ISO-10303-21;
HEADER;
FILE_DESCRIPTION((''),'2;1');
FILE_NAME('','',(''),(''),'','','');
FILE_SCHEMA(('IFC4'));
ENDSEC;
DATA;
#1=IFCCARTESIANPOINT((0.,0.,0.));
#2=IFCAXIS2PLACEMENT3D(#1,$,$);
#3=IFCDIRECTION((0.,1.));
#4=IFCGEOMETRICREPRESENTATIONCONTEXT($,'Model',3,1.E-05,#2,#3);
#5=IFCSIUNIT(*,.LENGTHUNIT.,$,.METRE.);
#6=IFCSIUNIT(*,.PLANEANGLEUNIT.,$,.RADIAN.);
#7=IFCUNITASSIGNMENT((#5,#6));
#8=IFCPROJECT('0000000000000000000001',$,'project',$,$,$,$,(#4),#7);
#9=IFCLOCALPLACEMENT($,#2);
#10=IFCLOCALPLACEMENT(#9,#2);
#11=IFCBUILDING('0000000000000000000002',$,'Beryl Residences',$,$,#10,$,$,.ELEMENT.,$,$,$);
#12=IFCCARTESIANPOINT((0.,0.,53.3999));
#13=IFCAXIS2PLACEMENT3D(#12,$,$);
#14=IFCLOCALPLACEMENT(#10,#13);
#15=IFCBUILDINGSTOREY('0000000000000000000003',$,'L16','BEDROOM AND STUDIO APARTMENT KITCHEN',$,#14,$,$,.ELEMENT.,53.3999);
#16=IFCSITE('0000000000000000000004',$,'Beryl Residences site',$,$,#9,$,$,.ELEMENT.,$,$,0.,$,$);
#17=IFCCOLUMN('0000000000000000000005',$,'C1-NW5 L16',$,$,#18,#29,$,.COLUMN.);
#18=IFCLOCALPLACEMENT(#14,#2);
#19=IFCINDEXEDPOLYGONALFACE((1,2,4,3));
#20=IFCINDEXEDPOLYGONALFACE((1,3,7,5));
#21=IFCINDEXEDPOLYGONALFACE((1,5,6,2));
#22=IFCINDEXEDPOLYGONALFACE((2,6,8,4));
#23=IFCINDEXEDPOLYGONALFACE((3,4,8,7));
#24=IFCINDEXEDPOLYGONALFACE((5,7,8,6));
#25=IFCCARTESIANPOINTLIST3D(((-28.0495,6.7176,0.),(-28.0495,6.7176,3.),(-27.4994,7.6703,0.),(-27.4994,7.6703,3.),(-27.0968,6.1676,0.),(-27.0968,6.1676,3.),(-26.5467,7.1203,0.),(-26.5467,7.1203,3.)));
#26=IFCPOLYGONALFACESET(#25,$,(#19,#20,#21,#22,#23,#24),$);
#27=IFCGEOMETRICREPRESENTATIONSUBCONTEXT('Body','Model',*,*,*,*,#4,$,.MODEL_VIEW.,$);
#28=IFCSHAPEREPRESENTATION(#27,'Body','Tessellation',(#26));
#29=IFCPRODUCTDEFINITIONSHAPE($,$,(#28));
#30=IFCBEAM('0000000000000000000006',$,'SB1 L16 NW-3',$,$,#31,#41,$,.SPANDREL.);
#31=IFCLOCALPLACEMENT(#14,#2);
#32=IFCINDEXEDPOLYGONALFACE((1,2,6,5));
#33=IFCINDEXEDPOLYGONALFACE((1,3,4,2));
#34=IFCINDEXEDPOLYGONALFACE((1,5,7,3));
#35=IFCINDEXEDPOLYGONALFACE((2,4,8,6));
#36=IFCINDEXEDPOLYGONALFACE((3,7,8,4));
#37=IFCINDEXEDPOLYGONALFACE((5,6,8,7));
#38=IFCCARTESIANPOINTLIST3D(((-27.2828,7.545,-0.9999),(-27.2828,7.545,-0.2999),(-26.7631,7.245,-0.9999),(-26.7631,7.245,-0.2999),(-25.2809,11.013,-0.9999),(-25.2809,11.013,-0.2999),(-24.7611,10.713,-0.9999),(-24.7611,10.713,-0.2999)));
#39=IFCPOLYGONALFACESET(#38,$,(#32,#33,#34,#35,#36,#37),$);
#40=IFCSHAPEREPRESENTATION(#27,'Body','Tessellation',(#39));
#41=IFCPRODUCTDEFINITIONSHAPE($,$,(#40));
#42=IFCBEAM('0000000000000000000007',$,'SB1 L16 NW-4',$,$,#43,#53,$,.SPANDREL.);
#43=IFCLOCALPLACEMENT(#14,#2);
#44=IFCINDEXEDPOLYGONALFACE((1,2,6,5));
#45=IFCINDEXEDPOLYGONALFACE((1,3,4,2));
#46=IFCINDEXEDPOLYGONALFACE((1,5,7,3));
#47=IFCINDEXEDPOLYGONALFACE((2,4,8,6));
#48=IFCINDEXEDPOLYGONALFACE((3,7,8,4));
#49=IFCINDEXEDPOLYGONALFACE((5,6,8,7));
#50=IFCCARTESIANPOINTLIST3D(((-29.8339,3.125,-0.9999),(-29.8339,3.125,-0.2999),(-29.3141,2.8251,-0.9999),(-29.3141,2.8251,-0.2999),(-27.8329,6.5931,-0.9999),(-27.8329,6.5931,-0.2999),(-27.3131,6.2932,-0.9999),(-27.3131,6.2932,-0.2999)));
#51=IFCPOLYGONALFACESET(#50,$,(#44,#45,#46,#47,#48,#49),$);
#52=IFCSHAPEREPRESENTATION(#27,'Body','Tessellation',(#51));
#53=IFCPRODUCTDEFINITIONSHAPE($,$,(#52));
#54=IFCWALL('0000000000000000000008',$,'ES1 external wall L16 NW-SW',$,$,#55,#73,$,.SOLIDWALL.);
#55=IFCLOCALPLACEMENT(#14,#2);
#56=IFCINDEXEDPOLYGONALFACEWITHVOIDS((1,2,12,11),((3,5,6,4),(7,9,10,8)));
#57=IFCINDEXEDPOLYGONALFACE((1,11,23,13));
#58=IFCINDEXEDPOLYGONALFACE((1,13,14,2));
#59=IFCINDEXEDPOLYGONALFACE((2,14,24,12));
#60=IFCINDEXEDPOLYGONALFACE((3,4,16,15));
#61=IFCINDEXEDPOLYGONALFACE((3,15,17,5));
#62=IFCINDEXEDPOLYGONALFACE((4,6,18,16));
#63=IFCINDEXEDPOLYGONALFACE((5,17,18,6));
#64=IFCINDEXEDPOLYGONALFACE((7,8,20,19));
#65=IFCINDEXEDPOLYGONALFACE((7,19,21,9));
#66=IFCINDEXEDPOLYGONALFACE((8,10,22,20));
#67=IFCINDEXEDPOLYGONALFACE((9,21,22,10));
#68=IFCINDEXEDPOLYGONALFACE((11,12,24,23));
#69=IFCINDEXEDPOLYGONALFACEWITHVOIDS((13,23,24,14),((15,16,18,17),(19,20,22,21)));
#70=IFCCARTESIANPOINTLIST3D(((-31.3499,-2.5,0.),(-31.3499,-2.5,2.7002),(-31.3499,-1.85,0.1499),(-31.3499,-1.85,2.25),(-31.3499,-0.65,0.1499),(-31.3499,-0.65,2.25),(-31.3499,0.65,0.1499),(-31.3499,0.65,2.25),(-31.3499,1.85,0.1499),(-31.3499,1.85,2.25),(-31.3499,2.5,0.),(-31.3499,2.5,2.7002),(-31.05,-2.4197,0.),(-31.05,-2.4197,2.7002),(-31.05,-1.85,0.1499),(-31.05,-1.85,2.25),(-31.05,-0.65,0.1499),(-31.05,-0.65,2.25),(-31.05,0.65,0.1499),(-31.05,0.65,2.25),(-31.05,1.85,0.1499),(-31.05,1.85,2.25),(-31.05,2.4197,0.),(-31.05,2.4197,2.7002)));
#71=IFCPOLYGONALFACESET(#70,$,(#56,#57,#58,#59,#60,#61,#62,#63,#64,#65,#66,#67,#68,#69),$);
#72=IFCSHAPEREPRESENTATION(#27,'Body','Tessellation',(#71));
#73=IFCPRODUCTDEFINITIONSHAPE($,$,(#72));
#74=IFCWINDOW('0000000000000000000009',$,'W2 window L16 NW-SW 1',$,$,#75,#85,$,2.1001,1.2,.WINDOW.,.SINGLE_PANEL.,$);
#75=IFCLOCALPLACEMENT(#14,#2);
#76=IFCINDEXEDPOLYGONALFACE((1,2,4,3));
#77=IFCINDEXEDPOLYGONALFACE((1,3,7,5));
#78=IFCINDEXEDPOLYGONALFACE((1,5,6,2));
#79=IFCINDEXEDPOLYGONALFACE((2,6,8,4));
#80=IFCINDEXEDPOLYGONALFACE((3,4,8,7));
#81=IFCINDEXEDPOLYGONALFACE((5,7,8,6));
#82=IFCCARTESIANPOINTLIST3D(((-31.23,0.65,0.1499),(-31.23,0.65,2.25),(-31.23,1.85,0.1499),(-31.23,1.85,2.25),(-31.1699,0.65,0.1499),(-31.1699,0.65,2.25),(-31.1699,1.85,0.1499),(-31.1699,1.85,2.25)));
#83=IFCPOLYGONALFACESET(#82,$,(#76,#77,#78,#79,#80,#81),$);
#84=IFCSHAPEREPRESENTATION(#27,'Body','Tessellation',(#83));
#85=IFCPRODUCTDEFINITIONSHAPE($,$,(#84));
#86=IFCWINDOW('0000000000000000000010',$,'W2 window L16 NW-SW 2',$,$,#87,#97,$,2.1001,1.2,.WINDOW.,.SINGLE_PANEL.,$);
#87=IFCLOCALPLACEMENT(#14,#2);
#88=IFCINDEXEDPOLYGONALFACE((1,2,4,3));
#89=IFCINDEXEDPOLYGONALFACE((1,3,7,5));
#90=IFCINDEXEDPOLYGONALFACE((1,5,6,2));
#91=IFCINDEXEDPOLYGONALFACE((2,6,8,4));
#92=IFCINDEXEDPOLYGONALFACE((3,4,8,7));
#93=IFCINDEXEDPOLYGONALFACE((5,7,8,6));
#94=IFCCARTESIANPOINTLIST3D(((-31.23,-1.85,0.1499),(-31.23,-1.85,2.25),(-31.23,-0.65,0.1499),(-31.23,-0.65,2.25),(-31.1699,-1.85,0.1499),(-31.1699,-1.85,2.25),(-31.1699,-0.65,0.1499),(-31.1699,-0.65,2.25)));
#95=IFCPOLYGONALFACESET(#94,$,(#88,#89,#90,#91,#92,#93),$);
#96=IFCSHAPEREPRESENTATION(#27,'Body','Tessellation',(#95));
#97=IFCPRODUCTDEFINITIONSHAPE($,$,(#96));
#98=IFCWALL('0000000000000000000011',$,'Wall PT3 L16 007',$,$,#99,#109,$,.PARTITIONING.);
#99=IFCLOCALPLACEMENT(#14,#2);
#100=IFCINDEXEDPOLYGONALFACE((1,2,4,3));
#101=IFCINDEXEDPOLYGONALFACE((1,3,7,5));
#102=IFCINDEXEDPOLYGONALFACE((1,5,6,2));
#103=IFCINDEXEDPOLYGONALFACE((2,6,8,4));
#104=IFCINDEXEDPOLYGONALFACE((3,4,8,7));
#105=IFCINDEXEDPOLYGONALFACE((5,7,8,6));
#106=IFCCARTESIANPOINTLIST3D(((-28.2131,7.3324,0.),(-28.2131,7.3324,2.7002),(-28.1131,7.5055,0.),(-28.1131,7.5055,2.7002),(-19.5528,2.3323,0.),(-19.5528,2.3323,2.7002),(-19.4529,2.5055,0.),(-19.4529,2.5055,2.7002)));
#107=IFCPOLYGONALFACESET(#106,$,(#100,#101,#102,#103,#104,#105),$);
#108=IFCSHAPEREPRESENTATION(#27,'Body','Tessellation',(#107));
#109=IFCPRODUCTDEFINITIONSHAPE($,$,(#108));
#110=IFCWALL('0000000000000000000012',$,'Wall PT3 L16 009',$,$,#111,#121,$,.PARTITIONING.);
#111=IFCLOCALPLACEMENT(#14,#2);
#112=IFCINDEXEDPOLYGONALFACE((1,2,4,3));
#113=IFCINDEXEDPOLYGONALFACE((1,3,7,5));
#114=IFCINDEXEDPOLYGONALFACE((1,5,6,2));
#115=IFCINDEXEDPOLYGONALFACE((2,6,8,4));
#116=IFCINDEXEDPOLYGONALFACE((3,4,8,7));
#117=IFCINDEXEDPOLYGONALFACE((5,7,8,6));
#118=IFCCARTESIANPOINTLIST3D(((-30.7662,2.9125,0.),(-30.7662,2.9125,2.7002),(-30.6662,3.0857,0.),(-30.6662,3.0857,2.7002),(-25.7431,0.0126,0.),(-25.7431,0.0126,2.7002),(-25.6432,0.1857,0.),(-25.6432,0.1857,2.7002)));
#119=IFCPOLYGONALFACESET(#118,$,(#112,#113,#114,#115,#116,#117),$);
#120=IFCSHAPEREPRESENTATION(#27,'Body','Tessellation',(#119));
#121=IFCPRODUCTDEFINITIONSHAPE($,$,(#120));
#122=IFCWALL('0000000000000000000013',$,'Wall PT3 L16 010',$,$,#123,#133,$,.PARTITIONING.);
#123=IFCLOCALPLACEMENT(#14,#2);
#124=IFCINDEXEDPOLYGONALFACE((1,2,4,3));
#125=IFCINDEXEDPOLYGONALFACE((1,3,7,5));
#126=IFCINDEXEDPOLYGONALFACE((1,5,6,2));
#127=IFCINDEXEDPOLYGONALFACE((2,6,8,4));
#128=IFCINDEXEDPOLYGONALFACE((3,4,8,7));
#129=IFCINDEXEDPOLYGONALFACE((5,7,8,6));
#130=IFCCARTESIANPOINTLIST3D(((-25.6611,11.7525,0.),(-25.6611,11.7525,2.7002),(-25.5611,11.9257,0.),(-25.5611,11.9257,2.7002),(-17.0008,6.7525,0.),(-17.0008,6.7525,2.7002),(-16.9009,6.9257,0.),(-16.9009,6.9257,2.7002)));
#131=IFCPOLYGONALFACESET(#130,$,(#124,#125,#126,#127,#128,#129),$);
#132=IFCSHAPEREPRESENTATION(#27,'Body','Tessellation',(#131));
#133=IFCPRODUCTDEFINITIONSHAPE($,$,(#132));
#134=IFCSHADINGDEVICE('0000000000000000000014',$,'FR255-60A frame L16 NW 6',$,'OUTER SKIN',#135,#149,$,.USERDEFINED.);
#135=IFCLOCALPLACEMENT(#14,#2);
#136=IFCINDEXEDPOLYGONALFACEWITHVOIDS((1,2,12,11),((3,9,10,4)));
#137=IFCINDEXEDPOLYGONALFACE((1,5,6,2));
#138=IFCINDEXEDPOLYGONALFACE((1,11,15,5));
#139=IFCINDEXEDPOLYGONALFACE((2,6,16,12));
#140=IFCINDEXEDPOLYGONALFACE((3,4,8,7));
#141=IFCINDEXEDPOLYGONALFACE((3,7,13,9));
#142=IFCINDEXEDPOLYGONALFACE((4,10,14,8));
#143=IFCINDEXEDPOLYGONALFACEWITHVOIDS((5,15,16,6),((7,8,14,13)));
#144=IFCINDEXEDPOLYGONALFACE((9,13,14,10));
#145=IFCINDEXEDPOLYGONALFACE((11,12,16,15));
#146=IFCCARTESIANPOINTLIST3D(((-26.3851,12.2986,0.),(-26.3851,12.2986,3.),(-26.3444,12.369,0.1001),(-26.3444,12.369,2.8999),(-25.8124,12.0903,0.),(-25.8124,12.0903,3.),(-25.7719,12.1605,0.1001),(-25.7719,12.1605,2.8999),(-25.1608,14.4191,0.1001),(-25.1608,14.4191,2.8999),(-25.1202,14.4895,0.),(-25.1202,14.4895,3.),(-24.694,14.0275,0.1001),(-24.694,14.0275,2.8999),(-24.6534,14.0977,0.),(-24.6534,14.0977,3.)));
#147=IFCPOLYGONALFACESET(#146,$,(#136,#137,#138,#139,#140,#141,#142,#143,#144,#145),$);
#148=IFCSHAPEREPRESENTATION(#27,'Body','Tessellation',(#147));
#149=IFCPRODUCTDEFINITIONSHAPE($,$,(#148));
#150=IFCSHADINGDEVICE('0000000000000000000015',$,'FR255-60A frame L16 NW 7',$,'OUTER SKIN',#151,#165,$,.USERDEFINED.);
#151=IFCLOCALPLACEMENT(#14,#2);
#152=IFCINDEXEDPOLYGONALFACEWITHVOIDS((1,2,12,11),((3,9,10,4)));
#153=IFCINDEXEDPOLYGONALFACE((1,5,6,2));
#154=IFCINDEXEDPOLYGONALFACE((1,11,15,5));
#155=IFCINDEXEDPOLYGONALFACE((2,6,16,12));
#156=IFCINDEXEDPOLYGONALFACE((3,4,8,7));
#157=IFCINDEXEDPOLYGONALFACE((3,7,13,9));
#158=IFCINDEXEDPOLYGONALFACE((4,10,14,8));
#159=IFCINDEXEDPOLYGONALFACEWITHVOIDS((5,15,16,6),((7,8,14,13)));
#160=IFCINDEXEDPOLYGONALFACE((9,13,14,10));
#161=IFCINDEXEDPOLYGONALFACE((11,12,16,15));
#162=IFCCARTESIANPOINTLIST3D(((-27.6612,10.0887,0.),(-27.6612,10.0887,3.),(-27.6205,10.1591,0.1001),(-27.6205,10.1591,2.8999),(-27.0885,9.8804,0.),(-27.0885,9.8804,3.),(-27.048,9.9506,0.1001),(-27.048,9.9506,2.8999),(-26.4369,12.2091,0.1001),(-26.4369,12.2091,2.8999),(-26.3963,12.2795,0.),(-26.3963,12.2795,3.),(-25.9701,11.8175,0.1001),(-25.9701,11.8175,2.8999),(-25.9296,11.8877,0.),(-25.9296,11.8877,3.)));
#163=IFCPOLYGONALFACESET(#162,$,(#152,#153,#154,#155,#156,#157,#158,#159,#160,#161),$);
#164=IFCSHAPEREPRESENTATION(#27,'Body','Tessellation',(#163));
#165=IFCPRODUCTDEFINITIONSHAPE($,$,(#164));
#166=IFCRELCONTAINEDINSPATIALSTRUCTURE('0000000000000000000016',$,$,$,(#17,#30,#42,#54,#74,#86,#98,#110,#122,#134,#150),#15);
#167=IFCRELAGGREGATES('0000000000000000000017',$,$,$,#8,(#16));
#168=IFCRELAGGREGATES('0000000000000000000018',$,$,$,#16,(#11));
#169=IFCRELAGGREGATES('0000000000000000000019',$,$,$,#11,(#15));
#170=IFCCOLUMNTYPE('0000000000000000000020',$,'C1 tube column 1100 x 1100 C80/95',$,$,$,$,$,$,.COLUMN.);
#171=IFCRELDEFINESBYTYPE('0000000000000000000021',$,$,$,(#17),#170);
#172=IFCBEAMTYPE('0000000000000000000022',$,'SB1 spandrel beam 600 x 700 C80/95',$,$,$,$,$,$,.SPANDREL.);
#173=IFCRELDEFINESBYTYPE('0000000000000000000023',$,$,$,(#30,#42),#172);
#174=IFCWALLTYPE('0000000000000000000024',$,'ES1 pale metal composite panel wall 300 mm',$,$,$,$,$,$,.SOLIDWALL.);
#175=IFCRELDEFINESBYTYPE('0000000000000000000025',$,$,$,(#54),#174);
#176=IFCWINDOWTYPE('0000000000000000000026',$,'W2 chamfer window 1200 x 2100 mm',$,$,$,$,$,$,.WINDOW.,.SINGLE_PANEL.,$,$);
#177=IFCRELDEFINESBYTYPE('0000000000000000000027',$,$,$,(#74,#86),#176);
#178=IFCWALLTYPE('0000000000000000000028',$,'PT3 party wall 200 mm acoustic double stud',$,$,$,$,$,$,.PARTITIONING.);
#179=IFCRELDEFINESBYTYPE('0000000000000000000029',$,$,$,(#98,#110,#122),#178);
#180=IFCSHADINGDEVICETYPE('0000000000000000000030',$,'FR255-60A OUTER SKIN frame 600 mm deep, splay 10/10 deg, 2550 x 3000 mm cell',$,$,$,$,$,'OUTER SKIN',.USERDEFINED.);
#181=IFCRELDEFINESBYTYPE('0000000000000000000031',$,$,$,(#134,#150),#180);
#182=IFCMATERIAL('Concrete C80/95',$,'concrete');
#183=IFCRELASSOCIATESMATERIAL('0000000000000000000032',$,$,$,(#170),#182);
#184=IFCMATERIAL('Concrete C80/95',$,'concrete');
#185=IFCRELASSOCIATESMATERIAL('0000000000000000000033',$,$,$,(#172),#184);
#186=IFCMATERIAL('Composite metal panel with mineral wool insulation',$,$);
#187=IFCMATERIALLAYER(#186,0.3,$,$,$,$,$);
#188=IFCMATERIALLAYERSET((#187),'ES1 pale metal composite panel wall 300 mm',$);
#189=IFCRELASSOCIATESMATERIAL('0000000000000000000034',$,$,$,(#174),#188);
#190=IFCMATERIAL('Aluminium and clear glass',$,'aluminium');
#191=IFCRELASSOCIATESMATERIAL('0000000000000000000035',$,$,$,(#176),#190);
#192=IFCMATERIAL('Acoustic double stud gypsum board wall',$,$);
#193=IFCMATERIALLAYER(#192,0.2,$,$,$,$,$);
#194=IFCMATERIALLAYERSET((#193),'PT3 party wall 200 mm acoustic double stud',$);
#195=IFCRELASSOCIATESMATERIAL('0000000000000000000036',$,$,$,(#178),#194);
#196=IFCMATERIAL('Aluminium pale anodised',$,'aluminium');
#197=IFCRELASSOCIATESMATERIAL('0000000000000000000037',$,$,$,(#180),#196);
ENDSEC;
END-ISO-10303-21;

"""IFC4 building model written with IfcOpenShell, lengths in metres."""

from ifc_helpers import new_model, entity, si_unit, direction, frame, frame_2d, origin, origin_2d, place, context, subcontext, project, spatial, polyline, rectangle, outline, extrude, source, transform, mapped, material, layer, layer_set, material_profile, profile_set, type_object, type_shapes, element, fill, save


model = new_model("IFC4")

# Units and contexts
model_context = context("Model", 3, precision=1e-05, world=origin(), true_north=direction((0.0, 1.0)))
body_context = subcontext(model_context, "Body", "Model", "MODEL_VIEW")
ifc_project = project(units=[si_unit("LENGTHUNIT", "METRE"), si_unit("PLANEANGLEUNIT", "RADIAN")], contexts=[model_context])

# Site, building, storey
site_placement = place(None, origin())
site = spatial("IfcSite", under=ifc_project, at=site_placement, Name="Beryl Residences site", CompositionType="ELEMENT", RefElevation=0.0)
building_placement = place(site_placement, origin())
building = spatial("IfcBuilding", under=site, at=building_placement, Name="Beryl Residences", CompositionType="ELEMENT")
storey_placement = place(building_placement, frame((0.0, 0.0, 53.3999)))
storey = spatial("IfcBuildingStorey", under=building, at=storey_placement, Name="L16", Description="BEDROOM AND STUDIO APARTMENT KITCHEN", CompositionType="ELEMENT", Elevation=53.3999)

# Column
ifc_material_1 = material(Name="Concrete C80/95", Category="concrete")
ifc_material_profile_1 = material_profile(ifc_material_1, rectangle(XDim=1.1001, YDim=1.1001, at=origin_2d()))
ifc_profile_set_1 = profile_set([ifc_material_profile_1], Name="Concrete C80/95")
column_type = type_object("IfcColumnType", Name="C1 tube column 1100 x 1100 C80/95", PredefinedType="COLUMN", material=ifc_profile_set_1)
column_placement = place(storey_placement, frame((-27.2981, 6.9189, 0.0), z_axis=(0.0, 0.0, 1.0), x_axis=(-0.499985, -0.866034, 0.0)))
element("IfcColumn", 1, at=column_placement, inside=storey, type_object=column_type, Name="C1-NW5 L16", PredefinedType="COLUMN", context=body_context, shape_type="SweptSolid", body=[
    extrude(rectangle(XDim=1.1001, YDim=1.1001, at=origin_2d()), origin(), (0.0, 0.0, 1.0), 3.0),
])

# Beams
ifc_material_2 = material(Name="Concrete C80/95", Category="concrete")
ifc_material_profile_2 = material_profile(ifc_material_2, rectangle(XDim=0.6001, YDim=0.7, at=origin_2d()))
ifc_profile_set_2 = profile_set([ifc_material_profile_2], Name="Concrete C80/95")
beam_type = type_object("IfcBeamType", Name="SB1 spandrel beam 600 x 700 C80/95", PredefinedType="SPANDREL", material=ifc_profile_set_2)
beam_1_placement = place(storey_placement, frame((-25.021, 10.863, -0.6499), z_axis=(-0.499942, -0.866059, 0.0), x_axis=(0.866059, -0.499942, 0.0)))
element("IfcBeam", 2, at=beam_1_placement, inside=storey, type_object=beam_type, Name="SB1 L16 NW-3", PredefinedType="SPANDREL", context=body_context, shape_type="SweptSolid", body=[
    extrude(rectangle(XDim=0.6001, YDim=0.7, at=origin_2d()), origin(), (0.0, 0.0, 1.0), 4.0044),
])
beam_2_placement = place(storey_placement, frame((-27.573, 6.4431, -0.6499), z_axis=(-0.499759, -0.866164, 0.0), x_axis=(0.866164, -0.499759, 0.0)))
element("IfcBeam", 3, at=beam_2_placement, inside=storey, type_object=beam_type, Name="SB1 L16 NW-4", PredefinedType="SPANDREL", context=body_context, shape_type="SweptSolid", body=[
    extrude(rectangle(XDim=0.6001, YDim=0.7, at=origin_2d()), origin(), (0.0, 0.0, 1.0), 4.0039),
])

# Wall, openings, windows
ifc_material_3 = material(Name="Composite metal panel with mineral wool insulation")
ifc_layer_1 = layer(ifc_material_3, 0.3)
ifc_layer_set_1 = layer_set([ifc_layer_1], Name="ES1 pale metal composite panel wall 300 mm")
wall_type_1 = type_object("IfcWallType", Name="ES1 pale metal composite panel wall 300 mm", PredefinedType="SOLIDWALL", material=ifc_layer_set_1)
wall_1_placement = place(storey_placement, frame((-31.2, 2.5, 0.0), z_axis=(0.0, 0.0, 1.0), x_axis=(0.0, -1.0, 0.0)))
wall_1 = element("IfcWall", 4, at=wall_1_placement, inside=storey, type_object=wall_type_1, Name="ES1 external wall L16 NW-SW", PredefinedType="SOLIDWALL", context=body_context, shape_type="SweptSolid", body=[
    extrude(outline(polyline([(0.0, -0.1499), (5.0, -0.1499), (4.9197, 0.1499), (0.0803, 0.1499), (0.0, -0.1499)])), origin(), (0.0, 0.0, 1.0), 2.7002),
])
opening_1_placement = place(wall_1_placement, frame((0.6499, 0.0, 0.1499)))
opening_1 = element("IfcOpeningElement", 5, at=opening_1_placement, cuts=wall_1, PredefinedType="OPENING", context=body_context, shape_type="SweptSolid", body=[
    extrude(rectangle(XDim=1.2, YDim=2.1001, at=frame_2d((0.6001, 1.05))), frame((0.0, 0.1599, 0.0), z_axis=(0.0, -1.0, 0.0), x_axis=(1.0, 0.0, 0.0)), (0.0, 0.0, 1.0), 0.3201),
])
opening_2_placement = place(wall_1_placement, frame((3.1499, 0.0, 0.1499)))
opening_2 = element("IfcOpeningElement", 6, at=opening_2_placement, cuts=wall_1, PredefinedType="OPENING", context=body_context, shape_type="SweptSolid", body=[
    extrude(rectangle(XDim=1.2, YDim=2.1001, at=frame_2d((0.6001, 1.05))), frame((0.0, 0.1599, 0.0), z_axis=(0.0, -1.0, 0.0), x_axis=(1.0, 0.0, 0.0)), (0.0, 0.0, 1.0), 0.3201),
])
ifc_material_4 = material(Name="Aluminium and clear glass", Category="aluminium")
window_type = type_object("IfcWindowType", Name="W2 chamfer window 1200 x 2100 mm", PartitioningType="SINGLE_PANEL", PredefinedType="WINDOW", material=ifc_material_4)
window_1_placement = place(opening_1_placement, origin())
window_1 = element("IfcWindow", 7, at=window_1_placement, inside=storey, type_object=window_type, Name="W2 window L16 NW-SW 1", OverallHeight=2.1001, OverallWidth=1.2, PartitioningType="SINGLE_PANEL", PredefinedType="WINDOW", context=body_context, shape_type="SweptSolid", body=[
    extrude(rectangle(XDim=1.2, YDim=2.1001, at=frame_2d((0.6001, 1.05))), frame((0.0, 0.03, 0.0), z_axis=(0.0, -1.0, 0.0), x_axis=(1.0, 0.0, 0.0)), (0.0, 0.0, 1.0), 0.0601),
])
fill(opening_1, window_1)
window_2_placement = place(opening_2_placement, origin())
window_2 = element("IfcWindow", 8, at=window_2_placement, inside=storey, type_object=window_type, Name="W2 window L16 NW-SW 2", OverallHeight=2.1001, OverallWidth=1.2, PartitioningType="SINGLE_PANEL", PredefinedType="WINDOW", context=body_context, shape_type="SweptSolid", body=[
    extrude(rectangle(XDim=1.2, YDim=2.1001, at=frame_2d((0.6001, 1.05))), frame((0.0, 0.03, 0.0), z_axis=(0.0, -1.0, 0.0), x_axis=(1.0, 0.0, 0.0)), (0.0, 0.0, 1.0), 0.0601),
])
fill(opening_2, window_2)

# Walls
ifc_material_5 = material(Name="Acoustic double stud gypsum board wall")
ifc_layer_2 = layer(ifc_material_5, 0.2)
ifc_layer_set_2 = layer_set([ifc_layer_2], Name="PT3 party wall 200 mm acoustic double stud")
wall_type_2 = type_object("IfcWallType", Name="PT3 party wall 200 mm acoustic double stud", PredefinedType="PARTITIONING", material=ifc_layer_set_2)
wall_2_placement = place(storey_placement, frame((-28.1631, 7.4189, 0.0), z_axis=(0.0, 0.0, 1.0), x_axis=(0.866023, -0.500004, 0.0)))
element("IfcWall", 9, at=wall_2_placement, inside=storey, type_object=wall_type_2, Name="Wall PT3 L16 007", PredefinedType="PARTITIONING", context=body_context, shape_type="SweptSolid", body=[
    extrude(rectangle(XDim=10.0, YDim=0.2, at=frame_2d((5.0, 0.0))), origin(), (0.0, 0.0, 1.0), 2.7002),
])
wall_3_placement = place(storey_placement, frame((-30.7161, 2.999, 0.0), z_axis=(0.0, 0.0, 1.0), x_axis=(0.866033, -0.499987, 0.0)))
element("IfcWall", 10, at=wall_3_placement, inside=storey, type_object=wall_type_2, Name="Wall PT3 L16 009", PredefinedType="PARTITIONING", context=body_context, shape_type="SweptSolid", body=[
    extrude(rectangle(XDim=5.8, YDim=0.2, at=frame_2d((2.8999, 0.0))), origin(), (0.0, 0.0, 1.0), 2.7002),
])
wall_4_placement = place(storey_placement, frame((-25.6111, 11.8391, 0.0), z_axis=(0.0, 0.0, 1.0), x_axis=(0.866023, -0.500004, 0.0)))
element("IfcWall", 11, at=wall_4_placement, inside=storey, type_object=wall_type_2, Name="Wall PT3 L16 010", PredefinedType="PARTITIONING", context=body_context, shape_type="SweptSolid", body=[
    extrude(rectangle(XDim=10.0, YDim=0.2, at=frame_2d((5.0, 0.0))), origin(), (0.0, 0.0, 1.0), 2.7002),
])

# Shading devices
ifc_material_6 = material(Name="Aluminium pale anodised", Category="aluminium")
shading_device_type = type_object("IfcShadingDeviceType", Name="FR255-60A OUTER SKIN frame 600 mm deep, splay 10/10 deg, 2550 x 3000 mm cell", ElementType="OUTER SKIN", PredefinedType="USERDEFINED", material=ifc_material_6)
cartesian_point_1 = entity("IfcCartesianPoint", [-1.1589, 0.0])
cartesian_point_2 = entity("IfcCartesianPoint", [-1.0779, 0.1001])
cartesian_point_3 = entity("IfcCartesianPoint", [-1.2649, 0.0])
cartesian_point_4 = entity("IfcCartesianPoint", [-1.1836, 0.1001])
shared_shape_1 = source(origin(), body_context, "Body", "SweptSolid", [
    entity("IfcExtrudedAreaSolidTapered", entity("IfcArbitraryProfileDefWithVoids", "AREA", None, entity("IfcPolyline", [cartesian_point_1, entity("IfcCartesianPoint", [1.1589, 0.0]), entity("IfcCartesianPoint", [1.1589, 3.0]), entity("IfcCartesianPoint", [-1.1589, 3.0]), cartesian_point_1]), [entity("IfcPolyline", [cartesian_point_2, entity("IfcCartesianPoint", [1.0779, 0.1001]), entity("IfcCartesianPoint", [1.0779, 2.8999]), entity("IfcCartesianPoint", [-1.0779, 2.8999]), cartesian_point_2])]), entity("IfcAxis2Placement3D", entity("IfcCartesianPoint", [0.0, 0.0, 0.0]), entity("IfcDirection", [0.0, 1.0, 0.0]), entity("IfcDirection", [-1.0, 0.0, 0.0])), entity("IfcDirection", [0.0, 0.0, 1.0]), 0.6001, entity("IfcArbitraryProfileDefWithVoids", "AREA", None, entity("IfcPolyline", [cartesian_point_3, entity("IfcCartesianPoint", [1.2649, 0.0]), entity("IfcCartesianPoint", [1.2649, 3.0]), entity("IfcCartesianPoint", [-1.2649, 3.0]), cartesian_point_3]), [entity("IfcPolyline", [cartesian_point_4, entity("IfcCartesianPoint", [1.1836, 0.1001]), entity("IfcCartesianPoint", [1.1836, 2.8999]), entity("IfcCartesianPoint", [-1.1836, 2.8999]), cartesian_point_4])])),
])
type_shapes(shading_device_type, [shared_shape_1])
for number, where, z_axis, x_axis, name in (
    (12, (-25.2329, 13.094, 0.0), (0.0, 0.0, 1.0), (0.5, 0.866025, 0.0), "FR255-60A frame L16 NW 6"),
    (13, (-26.509, 10.884, 0.0), (0.0, 0.0, 1.0), (0.5, 0.866025, 0.0), "FR255-60A frame L16 NW 7"),
):
    element("IfcShadingDevice", number, at=place(storey_placement, frame(where, z_axis=z_axis, x_axis=x_axis)), inside=storey, type_object=shading_device_type, Name=name, ObjectType="OUTER SKIN", PredefinedType="USERDEFINED", context=body_context, shape_type="MappedRepresentation", body=[
        mapped(shared_shape_1, transform((0.0, 0.0, 0.0))),
    ])

save(model, "model.ifc")
